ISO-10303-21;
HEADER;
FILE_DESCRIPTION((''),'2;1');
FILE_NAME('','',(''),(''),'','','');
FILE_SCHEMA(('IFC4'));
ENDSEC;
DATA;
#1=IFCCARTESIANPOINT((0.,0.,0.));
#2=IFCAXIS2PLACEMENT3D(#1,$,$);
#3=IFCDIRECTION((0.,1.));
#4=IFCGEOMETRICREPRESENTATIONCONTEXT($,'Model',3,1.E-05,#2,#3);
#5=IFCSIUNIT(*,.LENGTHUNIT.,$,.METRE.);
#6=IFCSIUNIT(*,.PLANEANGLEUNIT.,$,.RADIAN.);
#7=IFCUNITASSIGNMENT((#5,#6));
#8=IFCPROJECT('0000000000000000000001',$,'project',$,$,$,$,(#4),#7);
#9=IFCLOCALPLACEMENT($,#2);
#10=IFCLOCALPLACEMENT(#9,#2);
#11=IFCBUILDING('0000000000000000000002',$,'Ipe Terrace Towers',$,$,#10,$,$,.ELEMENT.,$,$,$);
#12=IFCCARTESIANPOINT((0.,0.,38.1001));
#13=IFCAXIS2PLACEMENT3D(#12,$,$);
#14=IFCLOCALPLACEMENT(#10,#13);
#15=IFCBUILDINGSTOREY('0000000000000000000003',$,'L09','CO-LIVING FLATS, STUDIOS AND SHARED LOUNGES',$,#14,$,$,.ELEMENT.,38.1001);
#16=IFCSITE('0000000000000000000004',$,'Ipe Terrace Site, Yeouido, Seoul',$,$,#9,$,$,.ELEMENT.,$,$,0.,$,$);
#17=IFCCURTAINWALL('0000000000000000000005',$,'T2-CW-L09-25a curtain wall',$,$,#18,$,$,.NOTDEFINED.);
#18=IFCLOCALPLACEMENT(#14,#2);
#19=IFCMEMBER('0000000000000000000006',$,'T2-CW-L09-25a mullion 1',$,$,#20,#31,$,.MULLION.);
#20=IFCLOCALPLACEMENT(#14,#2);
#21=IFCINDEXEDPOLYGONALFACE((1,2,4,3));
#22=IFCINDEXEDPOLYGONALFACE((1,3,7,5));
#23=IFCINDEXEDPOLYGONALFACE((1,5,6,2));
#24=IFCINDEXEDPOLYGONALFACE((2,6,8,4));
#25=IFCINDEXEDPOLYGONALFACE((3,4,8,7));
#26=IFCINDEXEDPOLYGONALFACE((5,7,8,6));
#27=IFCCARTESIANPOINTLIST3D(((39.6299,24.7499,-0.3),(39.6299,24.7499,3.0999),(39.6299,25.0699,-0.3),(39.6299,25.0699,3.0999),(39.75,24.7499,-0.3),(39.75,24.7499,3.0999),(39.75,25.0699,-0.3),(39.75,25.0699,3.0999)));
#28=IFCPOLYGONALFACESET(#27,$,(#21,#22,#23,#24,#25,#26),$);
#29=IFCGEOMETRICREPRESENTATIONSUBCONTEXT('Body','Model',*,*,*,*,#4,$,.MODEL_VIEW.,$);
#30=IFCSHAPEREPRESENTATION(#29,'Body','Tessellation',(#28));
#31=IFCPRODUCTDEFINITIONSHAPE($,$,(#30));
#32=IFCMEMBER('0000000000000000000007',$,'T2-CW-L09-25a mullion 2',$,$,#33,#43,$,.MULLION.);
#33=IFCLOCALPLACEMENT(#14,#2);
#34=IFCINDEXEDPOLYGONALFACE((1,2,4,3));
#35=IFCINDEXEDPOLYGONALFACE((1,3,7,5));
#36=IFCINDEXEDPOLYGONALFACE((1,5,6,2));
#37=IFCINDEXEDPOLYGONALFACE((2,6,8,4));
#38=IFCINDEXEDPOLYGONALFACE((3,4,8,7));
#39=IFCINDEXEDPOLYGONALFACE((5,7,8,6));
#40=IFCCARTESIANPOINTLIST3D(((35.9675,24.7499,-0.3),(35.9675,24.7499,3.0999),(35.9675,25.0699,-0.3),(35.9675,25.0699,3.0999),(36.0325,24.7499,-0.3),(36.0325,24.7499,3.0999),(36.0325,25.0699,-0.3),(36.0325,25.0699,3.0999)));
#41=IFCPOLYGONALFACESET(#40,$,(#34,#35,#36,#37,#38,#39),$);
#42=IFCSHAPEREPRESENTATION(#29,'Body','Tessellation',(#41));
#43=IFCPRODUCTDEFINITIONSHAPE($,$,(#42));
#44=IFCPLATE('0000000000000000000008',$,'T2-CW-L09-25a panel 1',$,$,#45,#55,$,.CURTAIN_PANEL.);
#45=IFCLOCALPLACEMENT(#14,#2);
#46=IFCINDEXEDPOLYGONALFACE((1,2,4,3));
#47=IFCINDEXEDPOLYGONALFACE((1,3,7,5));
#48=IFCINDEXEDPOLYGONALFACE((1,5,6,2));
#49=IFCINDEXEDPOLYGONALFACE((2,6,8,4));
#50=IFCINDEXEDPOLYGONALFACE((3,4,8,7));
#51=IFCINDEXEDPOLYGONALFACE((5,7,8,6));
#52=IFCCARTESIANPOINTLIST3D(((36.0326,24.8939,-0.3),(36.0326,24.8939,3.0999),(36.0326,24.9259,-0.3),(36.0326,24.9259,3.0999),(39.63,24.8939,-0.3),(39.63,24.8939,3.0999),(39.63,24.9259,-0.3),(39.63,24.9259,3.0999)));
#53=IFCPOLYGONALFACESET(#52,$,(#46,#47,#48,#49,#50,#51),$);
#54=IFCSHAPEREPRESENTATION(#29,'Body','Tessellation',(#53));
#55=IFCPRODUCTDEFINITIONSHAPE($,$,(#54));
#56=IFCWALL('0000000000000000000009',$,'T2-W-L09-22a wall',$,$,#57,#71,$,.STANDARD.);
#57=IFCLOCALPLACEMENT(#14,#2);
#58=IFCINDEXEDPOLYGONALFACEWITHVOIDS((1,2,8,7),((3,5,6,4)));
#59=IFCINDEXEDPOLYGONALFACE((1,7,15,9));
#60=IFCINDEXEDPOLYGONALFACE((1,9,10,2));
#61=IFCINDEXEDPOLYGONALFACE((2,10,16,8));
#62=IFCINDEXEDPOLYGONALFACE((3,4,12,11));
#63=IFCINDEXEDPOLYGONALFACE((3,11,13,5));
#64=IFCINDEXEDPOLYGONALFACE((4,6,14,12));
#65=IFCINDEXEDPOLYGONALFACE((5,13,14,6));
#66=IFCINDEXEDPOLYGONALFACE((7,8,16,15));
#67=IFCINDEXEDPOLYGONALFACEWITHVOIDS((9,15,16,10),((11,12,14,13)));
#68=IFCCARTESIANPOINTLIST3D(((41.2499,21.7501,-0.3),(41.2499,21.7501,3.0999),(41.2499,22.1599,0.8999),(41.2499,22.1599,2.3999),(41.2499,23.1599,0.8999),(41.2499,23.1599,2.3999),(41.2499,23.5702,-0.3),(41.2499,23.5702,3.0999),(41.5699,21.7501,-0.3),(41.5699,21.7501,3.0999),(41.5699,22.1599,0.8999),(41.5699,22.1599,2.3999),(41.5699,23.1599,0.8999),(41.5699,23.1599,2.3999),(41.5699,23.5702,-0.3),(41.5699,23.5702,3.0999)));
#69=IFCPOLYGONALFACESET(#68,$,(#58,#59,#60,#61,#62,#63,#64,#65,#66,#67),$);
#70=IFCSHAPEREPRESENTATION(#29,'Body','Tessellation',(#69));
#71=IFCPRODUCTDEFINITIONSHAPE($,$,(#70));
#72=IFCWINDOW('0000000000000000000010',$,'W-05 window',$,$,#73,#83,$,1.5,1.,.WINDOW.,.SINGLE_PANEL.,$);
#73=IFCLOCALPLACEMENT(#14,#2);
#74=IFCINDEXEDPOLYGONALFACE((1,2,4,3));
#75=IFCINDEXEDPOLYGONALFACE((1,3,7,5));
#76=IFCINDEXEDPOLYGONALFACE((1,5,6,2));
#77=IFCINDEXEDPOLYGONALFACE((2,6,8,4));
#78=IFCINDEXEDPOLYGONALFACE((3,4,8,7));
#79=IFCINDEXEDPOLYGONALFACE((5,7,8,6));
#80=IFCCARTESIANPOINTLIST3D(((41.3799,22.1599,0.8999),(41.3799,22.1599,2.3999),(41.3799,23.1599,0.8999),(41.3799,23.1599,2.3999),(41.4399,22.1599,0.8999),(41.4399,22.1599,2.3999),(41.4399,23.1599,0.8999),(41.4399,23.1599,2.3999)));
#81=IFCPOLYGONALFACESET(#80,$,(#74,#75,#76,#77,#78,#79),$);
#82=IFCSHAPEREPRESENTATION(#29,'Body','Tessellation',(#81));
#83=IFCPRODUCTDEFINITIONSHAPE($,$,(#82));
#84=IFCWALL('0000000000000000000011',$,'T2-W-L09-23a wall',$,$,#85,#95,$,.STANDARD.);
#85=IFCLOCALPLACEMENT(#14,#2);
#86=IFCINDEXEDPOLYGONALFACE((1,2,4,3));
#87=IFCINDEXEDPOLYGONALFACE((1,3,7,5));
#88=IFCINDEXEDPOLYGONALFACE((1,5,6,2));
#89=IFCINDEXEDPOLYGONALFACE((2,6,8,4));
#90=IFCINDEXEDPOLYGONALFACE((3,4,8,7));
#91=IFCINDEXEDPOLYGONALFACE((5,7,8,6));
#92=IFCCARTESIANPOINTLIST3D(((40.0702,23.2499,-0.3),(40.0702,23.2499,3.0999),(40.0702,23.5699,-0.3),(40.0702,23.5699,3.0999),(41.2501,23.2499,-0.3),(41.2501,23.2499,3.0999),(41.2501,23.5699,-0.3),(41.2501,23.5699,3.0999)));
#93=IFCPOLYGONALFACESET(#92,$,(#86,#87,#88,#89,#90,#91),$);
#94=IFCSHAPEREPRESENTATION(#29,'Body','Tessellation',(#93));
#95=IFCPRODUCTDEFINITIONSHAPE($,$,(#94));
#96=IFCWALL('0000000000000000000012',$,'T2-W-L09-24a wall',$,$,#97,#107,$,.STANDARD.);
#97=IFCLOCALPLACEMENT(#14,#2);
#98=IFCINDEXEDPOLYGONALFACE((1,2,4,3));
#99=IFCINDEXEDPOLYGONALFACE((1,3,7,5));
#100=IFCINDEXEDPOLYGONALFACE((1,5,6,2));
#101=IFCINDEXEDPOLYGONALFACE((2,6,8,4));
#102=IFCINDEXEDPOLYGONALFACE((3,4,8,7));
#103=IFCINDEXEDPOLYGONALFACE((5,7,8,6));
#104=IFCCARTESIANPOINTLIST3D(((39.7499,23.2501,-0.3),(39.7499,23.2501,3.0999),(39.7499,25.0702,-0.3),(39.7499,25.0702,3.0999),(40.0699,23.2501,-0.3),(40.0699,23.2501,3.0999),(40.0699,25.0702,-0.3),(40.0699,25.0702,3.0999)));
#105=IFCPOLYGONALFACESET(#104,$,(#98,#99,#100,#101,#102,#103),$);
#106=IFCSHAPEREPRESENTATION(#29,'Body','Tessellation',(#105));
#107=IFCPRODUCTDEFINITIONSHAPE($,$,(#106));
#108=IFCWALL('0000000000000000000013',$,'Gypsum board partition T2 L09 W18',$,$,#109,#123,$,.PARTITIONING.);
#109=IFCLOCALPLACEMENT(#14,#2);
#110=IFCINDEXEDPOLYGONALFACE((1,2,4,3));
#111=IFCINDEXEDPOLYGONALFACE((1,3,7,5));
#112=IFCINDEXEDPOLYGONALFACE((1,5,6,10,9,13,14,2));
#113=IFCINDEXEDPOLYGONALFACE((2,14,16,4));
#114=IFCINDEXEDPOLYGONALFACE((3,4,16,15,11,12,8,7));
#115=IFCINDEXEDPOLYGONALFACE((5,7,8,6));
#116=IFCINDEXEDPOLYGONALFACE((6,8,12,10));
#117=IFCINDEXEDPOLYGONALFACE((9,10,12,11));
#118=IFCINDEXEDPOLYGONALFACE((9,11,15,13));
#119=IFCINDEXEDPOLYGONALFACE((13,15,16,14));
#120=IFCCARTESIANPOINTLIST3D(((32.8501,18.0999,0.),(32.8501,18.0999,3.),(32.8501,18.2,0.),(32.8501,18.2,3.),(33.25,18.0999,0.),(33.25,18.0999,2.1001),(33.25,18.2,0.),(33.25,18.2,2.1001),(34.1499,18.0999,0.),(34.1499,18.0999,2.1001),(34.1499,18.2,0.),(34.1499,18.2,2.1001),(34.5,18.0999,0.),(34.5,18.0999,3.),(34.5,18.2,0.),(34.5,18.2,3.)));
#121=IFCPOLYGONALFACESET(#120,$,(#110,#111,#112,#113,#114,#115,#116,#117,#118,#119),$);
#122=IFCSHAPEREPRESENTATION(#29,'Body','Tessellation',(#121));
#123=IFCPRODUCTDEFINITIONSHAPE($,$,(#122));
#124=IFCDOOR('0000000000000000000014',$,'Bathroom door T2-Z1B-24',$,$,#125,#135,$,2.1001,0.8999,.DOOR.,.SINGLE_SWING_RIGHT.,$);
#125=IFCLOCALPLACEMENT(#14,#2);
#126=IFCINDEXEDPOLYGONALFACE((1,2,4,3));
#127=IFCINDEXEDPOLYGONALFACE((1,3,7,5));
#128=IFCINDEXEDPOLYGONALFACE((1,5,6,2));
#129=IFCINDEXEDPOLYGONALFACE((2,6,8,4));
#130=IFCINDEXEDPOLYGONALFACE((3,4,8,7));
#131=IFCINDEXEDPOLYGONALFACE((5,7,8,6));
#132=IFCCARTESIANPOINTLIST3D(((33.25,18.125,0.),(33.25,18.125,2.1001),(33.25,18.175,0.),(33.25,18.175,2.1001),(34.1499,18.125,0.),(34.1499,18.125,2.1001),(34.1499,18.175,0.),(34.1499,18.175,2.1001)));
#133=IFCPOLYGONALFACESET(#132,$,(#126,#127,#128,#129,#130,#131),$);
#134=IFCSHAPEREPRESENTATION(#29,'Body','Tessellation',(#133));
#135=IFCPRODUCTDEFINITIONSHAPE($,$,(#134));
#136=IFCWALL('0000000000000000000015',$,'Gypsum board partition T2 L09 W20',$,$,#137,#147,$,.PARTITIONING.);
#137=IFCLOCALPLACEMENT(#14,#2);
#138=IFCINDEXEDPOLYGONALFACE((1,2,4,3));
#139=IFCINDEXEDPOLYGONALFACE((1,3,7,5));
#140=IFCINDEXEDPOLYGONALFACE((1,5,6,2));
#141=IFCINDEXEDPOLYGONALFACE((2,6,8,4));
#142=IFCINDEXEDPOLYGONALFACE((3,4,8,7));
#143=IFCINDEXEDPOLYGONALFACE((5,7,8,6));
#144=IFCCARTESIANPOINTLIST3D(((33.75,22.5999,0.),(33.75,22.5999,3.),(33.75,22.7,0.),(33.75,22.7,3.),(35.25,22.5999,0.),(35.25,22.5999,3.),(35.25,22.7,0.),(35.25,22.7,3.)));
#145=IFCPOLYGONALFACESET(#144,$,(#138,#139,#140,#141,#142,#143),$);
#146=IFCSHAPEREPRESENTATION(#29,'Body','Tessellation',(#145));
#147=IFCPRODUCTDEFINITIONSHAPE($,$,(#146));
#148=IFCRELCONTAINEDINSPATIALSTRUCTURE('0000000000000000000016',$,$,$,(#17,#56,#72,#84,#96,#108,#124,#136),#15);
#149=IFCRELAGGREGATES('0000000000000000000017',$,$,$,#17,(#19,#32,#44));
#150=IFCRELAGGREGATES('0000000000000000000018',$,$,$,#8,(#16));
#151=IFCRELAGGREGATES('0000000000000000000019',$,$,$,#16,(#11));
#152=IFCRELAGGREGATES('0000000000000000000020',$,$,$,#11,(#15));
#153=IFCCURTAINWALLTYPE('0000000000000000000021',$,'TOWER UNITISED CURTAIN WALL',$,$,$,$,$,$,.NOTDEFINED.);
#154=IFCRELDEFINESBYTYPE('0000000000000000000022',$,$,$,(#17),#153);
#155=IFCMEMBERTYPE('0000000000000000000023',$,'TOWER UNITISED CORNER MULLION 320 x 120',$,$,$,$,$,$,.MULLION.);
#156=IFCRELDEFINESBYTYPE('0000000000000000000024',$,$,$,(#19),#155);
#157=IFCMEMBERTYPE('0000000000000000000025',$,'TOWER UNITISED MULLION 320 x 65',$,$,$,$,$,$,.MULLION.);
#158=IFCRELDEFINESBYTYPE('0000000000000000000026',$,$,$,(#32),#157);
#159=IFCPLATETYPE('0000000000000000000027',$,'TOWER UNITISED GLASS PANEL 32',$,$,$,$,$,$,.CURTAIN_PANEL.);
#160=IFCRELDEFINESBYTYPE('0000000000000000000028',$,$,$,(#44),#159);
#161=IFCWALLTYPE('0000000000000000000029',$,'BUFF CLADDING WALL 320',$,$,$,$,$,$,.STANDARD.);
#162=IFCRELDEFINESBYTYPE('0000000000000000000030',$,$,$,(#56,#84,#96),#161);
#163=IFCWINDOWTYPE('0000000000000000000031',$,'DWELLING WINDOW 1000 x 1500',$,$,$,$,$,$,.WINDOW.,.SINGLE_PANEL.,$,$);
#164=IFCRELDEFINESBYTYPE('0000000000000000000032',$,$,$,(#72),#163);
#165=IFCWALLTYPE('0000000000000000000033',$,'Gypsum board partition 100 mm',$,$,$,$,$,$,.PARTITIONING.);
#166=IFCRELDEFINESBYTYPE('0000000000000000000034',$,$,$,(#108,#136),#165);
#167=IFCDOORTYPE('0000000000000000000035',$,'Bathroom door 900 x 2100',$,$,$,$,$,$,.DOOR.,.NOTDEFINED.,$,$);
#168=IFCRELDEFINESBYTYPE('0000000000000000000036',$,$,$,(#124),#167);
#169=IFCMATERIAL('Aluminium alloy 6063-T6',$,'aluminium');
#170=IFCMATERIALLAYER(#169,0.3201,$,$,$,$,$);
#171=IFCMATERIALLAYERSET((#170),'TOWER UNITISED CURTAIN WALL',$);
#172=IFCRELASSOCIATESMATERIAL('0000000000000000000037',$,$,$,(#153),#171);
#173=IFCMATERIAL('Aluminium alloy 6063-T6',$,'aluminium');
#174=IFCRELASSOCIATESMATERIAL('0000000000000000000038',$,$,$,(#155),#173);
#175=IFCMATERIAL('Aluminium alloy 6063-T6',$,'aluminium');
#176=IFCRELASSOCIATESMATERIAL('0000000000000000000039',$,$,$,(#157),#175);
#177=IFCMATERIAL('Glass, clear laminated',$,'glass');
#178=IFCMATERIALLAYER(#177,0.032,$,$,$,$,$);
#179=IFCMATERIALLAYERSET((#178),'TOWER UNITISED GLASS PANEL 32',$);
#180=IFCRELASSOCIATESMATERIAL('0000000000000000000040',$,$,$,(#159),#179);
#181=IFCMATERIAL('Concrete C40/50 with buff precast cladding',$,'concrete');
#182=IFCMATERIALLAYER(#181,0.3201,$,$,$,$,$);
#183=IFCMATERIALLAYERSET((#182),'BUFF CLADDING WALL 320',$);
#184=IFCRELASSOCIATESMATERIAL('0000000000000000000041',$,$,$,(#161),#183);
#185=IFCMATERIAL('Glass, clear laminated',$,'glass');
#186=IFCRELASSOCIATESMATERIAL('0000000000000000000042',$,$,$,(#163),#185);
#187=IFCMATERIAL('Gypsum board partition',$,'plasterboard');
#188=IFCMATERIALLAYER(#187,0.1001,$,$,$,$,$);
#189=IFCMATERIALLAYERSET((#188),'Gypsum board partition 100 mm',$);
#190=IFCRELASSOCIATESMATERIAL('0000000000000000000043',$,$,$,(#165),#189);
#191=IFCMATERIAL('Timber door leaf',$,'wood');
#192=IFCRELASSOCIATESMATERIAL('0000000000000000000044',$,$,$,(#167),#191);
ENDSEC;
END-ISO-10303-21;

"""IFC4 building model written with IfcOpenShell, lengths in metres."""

from ifc_helpers import new_model, si_unit, direction, frame, frame_2d, origin, origin_2d, place, context, subcontext, project, spatial, rectangle, extrude, material, layer, layer_set, material_profile, profile_set, type_object, element, fill, aggregate, save


model = new_model("IFC4")

# Units and contexts
model_context = context("Model", 3, precision=1e-05, world=origin(), true_north=direction((0.0, 1.0)))
body_context = subcontext(model_context, "Body", "Model", "MODEL_VIEW")
ifc_project = project(units=[si_unit("LENGTHUNIT", "METRE"), si_unit("PLANEANGLEUNIT", "RADIAN")], contexts=[model_context])

# Site, building, storey
site_placement = place(None, origin())
site = spatial("IfcSite", under=ifc_project, at=site_placement, Name="Ipe Terrace Site, Yeouido, Seoul", CompositionType="ELEMENT", RefElevation=0.0)
building_placement = place(site_placement, origin())
building = spatial("IfcBuilding", under=site, at=building_placement, Name="Ipe Terrace Towers", CompositionType="ELEMENT")
storey_placement = place(building_placement, frame((0.0, 0.0, 38.1001)))
storey = spatial("IfcBuildingStorey", under=building, at=storey_placement, Name="L09", Description="CO-LIVING FLATS, STUDIOS AND SHARED LOUNGES", CompositionType="ELEMENT", Elevation=38.1001)

# Curtain wall, members, plate
ifc_material_1 = material(Name="Aluminium alloy 6063-T6", Category="aluminium")
ifc_layer_1 = layer(ifc_material_1, 0.3201)
ifc_layer_set_1 = layer_set([ifc_layer_1], Name="TOWER UNITISED CURTAIN WALL")
curtain_wall_type = type_object("IfcCurtainWallType", Name="TOWER UNITISED CURTAIN WALL", PredefinedType="NOTDEFINED", material=ifc_layer_set_1)
curtain_wall_placement = place(storey_placement, origin())
curtain_wall = element("IfcCurtainWall", 1, at=curtain_wall_placement, inside=storey, type_object=curtain_wall_type, Name="T2-CW-L09-25a curtain wall", PredefinedType="NOTDEFINED")
ifc_material_2 = material(Name="Aluminium alloy 6063-T6", Category="aluminium")
ifc_material_profile_1 = material_profile(ifc_material_2, rectangle(XDim=0.3201, YDim=0.1201, at=origin_2d()), Name="TOWER UNITISED CORNER MULLION 320 x 120")
ifc_profile_set_1 = profile_set([ifc_material_profile_1], Name="Aluminium alloy 6063-T6")
member_type_1 = type_object("IfcMemberType", Name="TOWER UNITISED CORNER MULLION 320 x 120", PredefinedType="MULLION", material=ifc_profile_set_1)
member_1_placement = place(storey_placement, frame((39.6899, 24.9099, -0.3), z_axis=(0.0, 0.0, 1.0), x_axis=(0.0, 1.0, 0.0)))
member_1 = element("IfcMember", 2, at=member_1_placement, type_object=member_type_1, Name="T2-CW-L09-25a mullion 1", PredefinedType="MULLION", context=body_context, shape_type="SweptSolid", body=[
    extrude(rectangle(XDim=0.3201, YDim=0.1201, at=origin_2d()), origin(), (0.0, 0.0, 1.0), 3.3999),
])
ifc_material_3 = material(Name="Aluminium alloy 6063-T6", Category="aluminium")
ifc_material_profile_2 = material_profile(ifc_material_3, rectangle(XDim=0.3201, YDim=0.0649, at=origin_2d()), Name="TOWER UNITISED MULLION 320 x 65")
ifc_profile_set_2 = profile_set([ifc_material_profile_2], Name="Aluminium alloy 6063-T6")
member_type_2 = type_object("IfcMemberType", Name="TOWER UNITISED MULLION 320 x 65", PredefinedType="MULLION", material=ifc_profile_set_2)
member_2_placement = place(storey_placement, frame((36.0, 24.9099, -0.3), z_axis=(0.0, 0.0, 1.0), x_axis=(0.0, 1.0, 0.0)))
member_2 = element("IfcMember", 3, at=member_2_placement, type_object=member_type_2, Name="T2-CW-L09-25a mullion 2", PredefinedType="MULLION", context=body_context, shape_type="SweptSolid", body=[
    extrude(rectangle(XDim=0.3201, YDim=0.0649, at=origin_2d()), origin(), (0.0, 0.0, 1.0), 3.3999),
])
ifc_material_4 = material(Name="Glass, clear laminated", Category="glass")
ifc_layer_2 = layer(ifc_material_4, 0.032)
ifc_layer_set_2 = layer_set([ifc_layer_2], Name="TOWER UNITISED GLASS PANEL 32")
plate_type = type_object("IfcPlateType", Name="TOWER UNITISED GLASS PANEL 32", PredefinedType="CURTAIN_PANEL", material=ifc_layer_set_2)
plate_placement = place(storey_placement, frame((37.8313, 24.9099, -0.3), z_axis=(0.0, 0.0, 1.0), x_axis=(-1.0, 0.0, 0.0)))
plate = element("IfcPlate", 4, at=plate_placement, type_object=plate_type, Name="T2-CW-L09-25a panel 1", PredefinedType="CURTAIN_PANEL", context=body_context, shape_type="SweptSolid", body=[
    extrude(rectangle(XDim=3.5974, YDim=0.032, at=origin_2d()), origin(), (0.0, 0.0, 1.0), 3.3999),
])
aggregate(curtain_wall, [member_1, member_2, plate])

# Wall, opening, window
ifc_material_5 = material(Name="Concrete C40/50 with buff precast cladding", Category="concrete")
ifc_layer_3 = layer(ifc_material_5, 0.3201)
ifc_layer_set_3 = layer_set([ifc_layer_3], Name="BUFF CLADDING WALL 320")
wall_type_1 = type_object("IfcWallType", Name="BUFF CLADDING WALL 320", PredefinedType="STANDARD", material=ifc_layer_set_3)
wall_1_placement = place(storey_placement, frame((41.4099, 21.75, -0.3), z_axis=(0.0, 0.0, 1.0), x_axis=(0.0, 1.0, 0.0)))
wall_1 = element("IfcWall", 5, at=wall_1_placement, inside=storey, type_object=wall_type_1, Name="T2-W-L09-22a wall", PredefinedType="STANDARD", context=body_context, shape_type="SweptSolid", body=[
    extrude(rectangle(XDim=1.8201, YDim=0.3201, at=frame_2d((0.9102, 0.0))), origin(), (0.0, 0.0, 1.0), 3.3999),
])
opening_1_placement = place(wall_1_placement, frame((0.4099, 0.0, 1.2)))
opening_1 = element("IfcOpeningElement", 6, at=opening_1_placement, cuts=wall_1, PredefinedType="OPENING", context=body_context, shape_type="SweptSolid", body=[
    extrude(rectangle(XDim=1.0, YDim=1.5, at=frame_2d((0.5, 0.75))), frame((0.0, 0.1699, 0.0), z_axis=(0.0, -1.0, 0.0), x_axis=(1.0, 0.0, 0.0)), (0.0, 0.0, 1.0), 0.3401),
])
ifc_material_6 = material(Name="Glass, clear laminated", Category="glass")
window_type = type_object("IfcWindowType", Name="DWELLING WINDOW 1000 x 1500", PartitioningType="SINGLE_PANEL", PredefinedType="WINDOW", material=ifc_material_6)
window_placement = place(opening_1_placement, origin())
window = element("IfcWindow", 7, at=window_placement, inside=storey, type_object=window_type, Name="W-05 window", OverallHeight=1.5, OverallWidth=1.0, PartitioningType="SINGLE_PANEL", PredefinedType="WINDOW", context=body_context, shape_type="SweptSolid", body=[
    extrude(rectangle(XDim=1.0, YDim=1.5, at=frame_2d((0.5, 0.75))), frame((0.0, 0.03, 0.0), z_axis=(0.0, -1.0, 0.0), x_axis=(1.0, 0.0, 0.0)), (0.0, 0.0, 1.0), 0.0601),
])
fill(opening_1, window)

# Walls
wall_2_placement = place(storey_placement, frame((41.25, 23.4099, -0.3), z_axis=(0.0, 0.0, 1.0), x_axis=(-1.0, 0.0, 0.0)))
element("IfcWall", 8, at=wall_2_placement, inside=storey, type_object=wall_type_1, Name="T2-W-L09-23a wall", PredefinedType="STANDARD", context=body_context, shape_type="SweptSolid", body=[
    extrude(rectangle(XDim=1.1799, YDim=0.3201, at=frame_2d((0.5898, 0.0))), origin(), (0.0, 0.0, 1.0), 3.3999),
])
wall_3_placement = place(storey_placement, frame((39.9099, 23.25, -0.3), z_axis=(0.0, 0.0, 1.0), x_axis=(0.0, 1.0, 0.0)))
element("IfcWall", 9, at=wall_3_placement, inside=storey, type_object=wall_type_1, Name="T2-W-L09-24a wall", PredefinedType="STANDARD", context=body_context, shape_type="SweptSolid", body=[
    extrude(rectangle(XDim=1.8201, YDim=0.3201, at=frame_2d((0.9102, 0.0))), origin(), (0.0, 0.0, 1.0), 3.3999),
])

# Wall, opening, door
ifc_material_7 = material(Name="Gypsum board partition", Category="plasterboard")
ifc_layer_4 = layer(ifc_material_7, 0.1001)
ifc_layer_set_4 = layer_set([ifc_layer_4], Name="Gypsum board partition 100 mm")
wall_type_2 = type_object("IfcWallType", Name="Gypsum board partition 100 mm", PredefinedType="PARTITIONING", material=ifc_layer_set_4)
wall_4_placement = place(storey_placement, frame((34.5, 18.1499, 0.0), z_axis=(0.0, 0.0, 1.0), x_axis=(-1.0, 0.0, 0.0)))
wall_4 = element("IfcWall", 10, at=wall_4_placement, inside=storey, type_object=wall_type_2, Name="Gypsum board partition T2 L09 W18", PredefinedType="PARTITIONING", context=body_context, shape_type="SweptSolid", body=[
    extrude(rectangle(XDim=1.6499, YDim=0.1001, at=frame_2d((0.825, 0.0))), origin(), (0.0, 0.0, 1.0), 3.0),
])
opening_2_placement = place(wall_4_placement, frame((0.3501, 0.0, 0.0)))
opening_2 = element("IfcOpeningElement", 11, at=opening_2_placement, cuts=wall_4, PredefinedType="OPENING", context=body_context, shape_type="SweptSolid", body=[
    extrude(rectangle(XDim=0.8999, YDim=2.1001, at=frame_2d((0.45, 1.05))), frame((0.0, 0.0601, 0.0), z_axis=(0.0, -1.0, 0.0), x_axis=(1.0, 0.0, 0.0)), (0.0, 0.0, 1.0), 0.1201),
])
ifc_material_8 = material(Name="Timber door leaf", Category="wood")
door_type_1 = type_object("IfcDoorType", Name="Bathroom door 900 x 2100", OperationType="NOTDEFINED", PredefinedType="DOOR", material=ifc_material_8)
door_1_placement = place(opening_2_placement, origin())
door_1 = element("IfcDoor", 12, at=door_1_placement, inside=storey, type_object=door_type_1, Name="Bathroom door T2-Z1B-24", OperationType="SINGLE_SWING_RIGHT", OverallHeight=2.1001, OverallWidth=0.8999, PredefinedType="DOOR", context=body_context, shape_type="SweptSolid", body=[
    extrude(rectangle(XDim=0.8999, YDim=2.1001, at=frame_2d((0.45, 1.05))), frame((0.0, 0.0249, 0.0), z_axis=(0.0, -1.0, 0.0), x_axis=(1.0, 0.0, 0.0)), (0.0, 0.0, 1.0), 0.05),
])
fill(opening_2, door_1)

# Wall
wall_5_placement = place(storey_placement, frame((35.25, 22.6499, 0.0), z_axis=(0.0, 0.0, 1.0), x_axis=(-1.0, 0.0, 0.0)))
element("IfcWall", 13, at=wall_5_placement, inside=storey, type_object=wall_type_2, Name="Gypsum board partition T2 L09 W20", PredefinedType="PARTITIONING", context=body_context, shape_type="SweptSolid", body=[
    extrude(rectangle(XDim=1.5, YDim=0.1001, at=frame_2d((0.75, 0.0))), origin(), (0.0, 0.0, 1.0), 3.0),
])

save(model, "model.ifc")
